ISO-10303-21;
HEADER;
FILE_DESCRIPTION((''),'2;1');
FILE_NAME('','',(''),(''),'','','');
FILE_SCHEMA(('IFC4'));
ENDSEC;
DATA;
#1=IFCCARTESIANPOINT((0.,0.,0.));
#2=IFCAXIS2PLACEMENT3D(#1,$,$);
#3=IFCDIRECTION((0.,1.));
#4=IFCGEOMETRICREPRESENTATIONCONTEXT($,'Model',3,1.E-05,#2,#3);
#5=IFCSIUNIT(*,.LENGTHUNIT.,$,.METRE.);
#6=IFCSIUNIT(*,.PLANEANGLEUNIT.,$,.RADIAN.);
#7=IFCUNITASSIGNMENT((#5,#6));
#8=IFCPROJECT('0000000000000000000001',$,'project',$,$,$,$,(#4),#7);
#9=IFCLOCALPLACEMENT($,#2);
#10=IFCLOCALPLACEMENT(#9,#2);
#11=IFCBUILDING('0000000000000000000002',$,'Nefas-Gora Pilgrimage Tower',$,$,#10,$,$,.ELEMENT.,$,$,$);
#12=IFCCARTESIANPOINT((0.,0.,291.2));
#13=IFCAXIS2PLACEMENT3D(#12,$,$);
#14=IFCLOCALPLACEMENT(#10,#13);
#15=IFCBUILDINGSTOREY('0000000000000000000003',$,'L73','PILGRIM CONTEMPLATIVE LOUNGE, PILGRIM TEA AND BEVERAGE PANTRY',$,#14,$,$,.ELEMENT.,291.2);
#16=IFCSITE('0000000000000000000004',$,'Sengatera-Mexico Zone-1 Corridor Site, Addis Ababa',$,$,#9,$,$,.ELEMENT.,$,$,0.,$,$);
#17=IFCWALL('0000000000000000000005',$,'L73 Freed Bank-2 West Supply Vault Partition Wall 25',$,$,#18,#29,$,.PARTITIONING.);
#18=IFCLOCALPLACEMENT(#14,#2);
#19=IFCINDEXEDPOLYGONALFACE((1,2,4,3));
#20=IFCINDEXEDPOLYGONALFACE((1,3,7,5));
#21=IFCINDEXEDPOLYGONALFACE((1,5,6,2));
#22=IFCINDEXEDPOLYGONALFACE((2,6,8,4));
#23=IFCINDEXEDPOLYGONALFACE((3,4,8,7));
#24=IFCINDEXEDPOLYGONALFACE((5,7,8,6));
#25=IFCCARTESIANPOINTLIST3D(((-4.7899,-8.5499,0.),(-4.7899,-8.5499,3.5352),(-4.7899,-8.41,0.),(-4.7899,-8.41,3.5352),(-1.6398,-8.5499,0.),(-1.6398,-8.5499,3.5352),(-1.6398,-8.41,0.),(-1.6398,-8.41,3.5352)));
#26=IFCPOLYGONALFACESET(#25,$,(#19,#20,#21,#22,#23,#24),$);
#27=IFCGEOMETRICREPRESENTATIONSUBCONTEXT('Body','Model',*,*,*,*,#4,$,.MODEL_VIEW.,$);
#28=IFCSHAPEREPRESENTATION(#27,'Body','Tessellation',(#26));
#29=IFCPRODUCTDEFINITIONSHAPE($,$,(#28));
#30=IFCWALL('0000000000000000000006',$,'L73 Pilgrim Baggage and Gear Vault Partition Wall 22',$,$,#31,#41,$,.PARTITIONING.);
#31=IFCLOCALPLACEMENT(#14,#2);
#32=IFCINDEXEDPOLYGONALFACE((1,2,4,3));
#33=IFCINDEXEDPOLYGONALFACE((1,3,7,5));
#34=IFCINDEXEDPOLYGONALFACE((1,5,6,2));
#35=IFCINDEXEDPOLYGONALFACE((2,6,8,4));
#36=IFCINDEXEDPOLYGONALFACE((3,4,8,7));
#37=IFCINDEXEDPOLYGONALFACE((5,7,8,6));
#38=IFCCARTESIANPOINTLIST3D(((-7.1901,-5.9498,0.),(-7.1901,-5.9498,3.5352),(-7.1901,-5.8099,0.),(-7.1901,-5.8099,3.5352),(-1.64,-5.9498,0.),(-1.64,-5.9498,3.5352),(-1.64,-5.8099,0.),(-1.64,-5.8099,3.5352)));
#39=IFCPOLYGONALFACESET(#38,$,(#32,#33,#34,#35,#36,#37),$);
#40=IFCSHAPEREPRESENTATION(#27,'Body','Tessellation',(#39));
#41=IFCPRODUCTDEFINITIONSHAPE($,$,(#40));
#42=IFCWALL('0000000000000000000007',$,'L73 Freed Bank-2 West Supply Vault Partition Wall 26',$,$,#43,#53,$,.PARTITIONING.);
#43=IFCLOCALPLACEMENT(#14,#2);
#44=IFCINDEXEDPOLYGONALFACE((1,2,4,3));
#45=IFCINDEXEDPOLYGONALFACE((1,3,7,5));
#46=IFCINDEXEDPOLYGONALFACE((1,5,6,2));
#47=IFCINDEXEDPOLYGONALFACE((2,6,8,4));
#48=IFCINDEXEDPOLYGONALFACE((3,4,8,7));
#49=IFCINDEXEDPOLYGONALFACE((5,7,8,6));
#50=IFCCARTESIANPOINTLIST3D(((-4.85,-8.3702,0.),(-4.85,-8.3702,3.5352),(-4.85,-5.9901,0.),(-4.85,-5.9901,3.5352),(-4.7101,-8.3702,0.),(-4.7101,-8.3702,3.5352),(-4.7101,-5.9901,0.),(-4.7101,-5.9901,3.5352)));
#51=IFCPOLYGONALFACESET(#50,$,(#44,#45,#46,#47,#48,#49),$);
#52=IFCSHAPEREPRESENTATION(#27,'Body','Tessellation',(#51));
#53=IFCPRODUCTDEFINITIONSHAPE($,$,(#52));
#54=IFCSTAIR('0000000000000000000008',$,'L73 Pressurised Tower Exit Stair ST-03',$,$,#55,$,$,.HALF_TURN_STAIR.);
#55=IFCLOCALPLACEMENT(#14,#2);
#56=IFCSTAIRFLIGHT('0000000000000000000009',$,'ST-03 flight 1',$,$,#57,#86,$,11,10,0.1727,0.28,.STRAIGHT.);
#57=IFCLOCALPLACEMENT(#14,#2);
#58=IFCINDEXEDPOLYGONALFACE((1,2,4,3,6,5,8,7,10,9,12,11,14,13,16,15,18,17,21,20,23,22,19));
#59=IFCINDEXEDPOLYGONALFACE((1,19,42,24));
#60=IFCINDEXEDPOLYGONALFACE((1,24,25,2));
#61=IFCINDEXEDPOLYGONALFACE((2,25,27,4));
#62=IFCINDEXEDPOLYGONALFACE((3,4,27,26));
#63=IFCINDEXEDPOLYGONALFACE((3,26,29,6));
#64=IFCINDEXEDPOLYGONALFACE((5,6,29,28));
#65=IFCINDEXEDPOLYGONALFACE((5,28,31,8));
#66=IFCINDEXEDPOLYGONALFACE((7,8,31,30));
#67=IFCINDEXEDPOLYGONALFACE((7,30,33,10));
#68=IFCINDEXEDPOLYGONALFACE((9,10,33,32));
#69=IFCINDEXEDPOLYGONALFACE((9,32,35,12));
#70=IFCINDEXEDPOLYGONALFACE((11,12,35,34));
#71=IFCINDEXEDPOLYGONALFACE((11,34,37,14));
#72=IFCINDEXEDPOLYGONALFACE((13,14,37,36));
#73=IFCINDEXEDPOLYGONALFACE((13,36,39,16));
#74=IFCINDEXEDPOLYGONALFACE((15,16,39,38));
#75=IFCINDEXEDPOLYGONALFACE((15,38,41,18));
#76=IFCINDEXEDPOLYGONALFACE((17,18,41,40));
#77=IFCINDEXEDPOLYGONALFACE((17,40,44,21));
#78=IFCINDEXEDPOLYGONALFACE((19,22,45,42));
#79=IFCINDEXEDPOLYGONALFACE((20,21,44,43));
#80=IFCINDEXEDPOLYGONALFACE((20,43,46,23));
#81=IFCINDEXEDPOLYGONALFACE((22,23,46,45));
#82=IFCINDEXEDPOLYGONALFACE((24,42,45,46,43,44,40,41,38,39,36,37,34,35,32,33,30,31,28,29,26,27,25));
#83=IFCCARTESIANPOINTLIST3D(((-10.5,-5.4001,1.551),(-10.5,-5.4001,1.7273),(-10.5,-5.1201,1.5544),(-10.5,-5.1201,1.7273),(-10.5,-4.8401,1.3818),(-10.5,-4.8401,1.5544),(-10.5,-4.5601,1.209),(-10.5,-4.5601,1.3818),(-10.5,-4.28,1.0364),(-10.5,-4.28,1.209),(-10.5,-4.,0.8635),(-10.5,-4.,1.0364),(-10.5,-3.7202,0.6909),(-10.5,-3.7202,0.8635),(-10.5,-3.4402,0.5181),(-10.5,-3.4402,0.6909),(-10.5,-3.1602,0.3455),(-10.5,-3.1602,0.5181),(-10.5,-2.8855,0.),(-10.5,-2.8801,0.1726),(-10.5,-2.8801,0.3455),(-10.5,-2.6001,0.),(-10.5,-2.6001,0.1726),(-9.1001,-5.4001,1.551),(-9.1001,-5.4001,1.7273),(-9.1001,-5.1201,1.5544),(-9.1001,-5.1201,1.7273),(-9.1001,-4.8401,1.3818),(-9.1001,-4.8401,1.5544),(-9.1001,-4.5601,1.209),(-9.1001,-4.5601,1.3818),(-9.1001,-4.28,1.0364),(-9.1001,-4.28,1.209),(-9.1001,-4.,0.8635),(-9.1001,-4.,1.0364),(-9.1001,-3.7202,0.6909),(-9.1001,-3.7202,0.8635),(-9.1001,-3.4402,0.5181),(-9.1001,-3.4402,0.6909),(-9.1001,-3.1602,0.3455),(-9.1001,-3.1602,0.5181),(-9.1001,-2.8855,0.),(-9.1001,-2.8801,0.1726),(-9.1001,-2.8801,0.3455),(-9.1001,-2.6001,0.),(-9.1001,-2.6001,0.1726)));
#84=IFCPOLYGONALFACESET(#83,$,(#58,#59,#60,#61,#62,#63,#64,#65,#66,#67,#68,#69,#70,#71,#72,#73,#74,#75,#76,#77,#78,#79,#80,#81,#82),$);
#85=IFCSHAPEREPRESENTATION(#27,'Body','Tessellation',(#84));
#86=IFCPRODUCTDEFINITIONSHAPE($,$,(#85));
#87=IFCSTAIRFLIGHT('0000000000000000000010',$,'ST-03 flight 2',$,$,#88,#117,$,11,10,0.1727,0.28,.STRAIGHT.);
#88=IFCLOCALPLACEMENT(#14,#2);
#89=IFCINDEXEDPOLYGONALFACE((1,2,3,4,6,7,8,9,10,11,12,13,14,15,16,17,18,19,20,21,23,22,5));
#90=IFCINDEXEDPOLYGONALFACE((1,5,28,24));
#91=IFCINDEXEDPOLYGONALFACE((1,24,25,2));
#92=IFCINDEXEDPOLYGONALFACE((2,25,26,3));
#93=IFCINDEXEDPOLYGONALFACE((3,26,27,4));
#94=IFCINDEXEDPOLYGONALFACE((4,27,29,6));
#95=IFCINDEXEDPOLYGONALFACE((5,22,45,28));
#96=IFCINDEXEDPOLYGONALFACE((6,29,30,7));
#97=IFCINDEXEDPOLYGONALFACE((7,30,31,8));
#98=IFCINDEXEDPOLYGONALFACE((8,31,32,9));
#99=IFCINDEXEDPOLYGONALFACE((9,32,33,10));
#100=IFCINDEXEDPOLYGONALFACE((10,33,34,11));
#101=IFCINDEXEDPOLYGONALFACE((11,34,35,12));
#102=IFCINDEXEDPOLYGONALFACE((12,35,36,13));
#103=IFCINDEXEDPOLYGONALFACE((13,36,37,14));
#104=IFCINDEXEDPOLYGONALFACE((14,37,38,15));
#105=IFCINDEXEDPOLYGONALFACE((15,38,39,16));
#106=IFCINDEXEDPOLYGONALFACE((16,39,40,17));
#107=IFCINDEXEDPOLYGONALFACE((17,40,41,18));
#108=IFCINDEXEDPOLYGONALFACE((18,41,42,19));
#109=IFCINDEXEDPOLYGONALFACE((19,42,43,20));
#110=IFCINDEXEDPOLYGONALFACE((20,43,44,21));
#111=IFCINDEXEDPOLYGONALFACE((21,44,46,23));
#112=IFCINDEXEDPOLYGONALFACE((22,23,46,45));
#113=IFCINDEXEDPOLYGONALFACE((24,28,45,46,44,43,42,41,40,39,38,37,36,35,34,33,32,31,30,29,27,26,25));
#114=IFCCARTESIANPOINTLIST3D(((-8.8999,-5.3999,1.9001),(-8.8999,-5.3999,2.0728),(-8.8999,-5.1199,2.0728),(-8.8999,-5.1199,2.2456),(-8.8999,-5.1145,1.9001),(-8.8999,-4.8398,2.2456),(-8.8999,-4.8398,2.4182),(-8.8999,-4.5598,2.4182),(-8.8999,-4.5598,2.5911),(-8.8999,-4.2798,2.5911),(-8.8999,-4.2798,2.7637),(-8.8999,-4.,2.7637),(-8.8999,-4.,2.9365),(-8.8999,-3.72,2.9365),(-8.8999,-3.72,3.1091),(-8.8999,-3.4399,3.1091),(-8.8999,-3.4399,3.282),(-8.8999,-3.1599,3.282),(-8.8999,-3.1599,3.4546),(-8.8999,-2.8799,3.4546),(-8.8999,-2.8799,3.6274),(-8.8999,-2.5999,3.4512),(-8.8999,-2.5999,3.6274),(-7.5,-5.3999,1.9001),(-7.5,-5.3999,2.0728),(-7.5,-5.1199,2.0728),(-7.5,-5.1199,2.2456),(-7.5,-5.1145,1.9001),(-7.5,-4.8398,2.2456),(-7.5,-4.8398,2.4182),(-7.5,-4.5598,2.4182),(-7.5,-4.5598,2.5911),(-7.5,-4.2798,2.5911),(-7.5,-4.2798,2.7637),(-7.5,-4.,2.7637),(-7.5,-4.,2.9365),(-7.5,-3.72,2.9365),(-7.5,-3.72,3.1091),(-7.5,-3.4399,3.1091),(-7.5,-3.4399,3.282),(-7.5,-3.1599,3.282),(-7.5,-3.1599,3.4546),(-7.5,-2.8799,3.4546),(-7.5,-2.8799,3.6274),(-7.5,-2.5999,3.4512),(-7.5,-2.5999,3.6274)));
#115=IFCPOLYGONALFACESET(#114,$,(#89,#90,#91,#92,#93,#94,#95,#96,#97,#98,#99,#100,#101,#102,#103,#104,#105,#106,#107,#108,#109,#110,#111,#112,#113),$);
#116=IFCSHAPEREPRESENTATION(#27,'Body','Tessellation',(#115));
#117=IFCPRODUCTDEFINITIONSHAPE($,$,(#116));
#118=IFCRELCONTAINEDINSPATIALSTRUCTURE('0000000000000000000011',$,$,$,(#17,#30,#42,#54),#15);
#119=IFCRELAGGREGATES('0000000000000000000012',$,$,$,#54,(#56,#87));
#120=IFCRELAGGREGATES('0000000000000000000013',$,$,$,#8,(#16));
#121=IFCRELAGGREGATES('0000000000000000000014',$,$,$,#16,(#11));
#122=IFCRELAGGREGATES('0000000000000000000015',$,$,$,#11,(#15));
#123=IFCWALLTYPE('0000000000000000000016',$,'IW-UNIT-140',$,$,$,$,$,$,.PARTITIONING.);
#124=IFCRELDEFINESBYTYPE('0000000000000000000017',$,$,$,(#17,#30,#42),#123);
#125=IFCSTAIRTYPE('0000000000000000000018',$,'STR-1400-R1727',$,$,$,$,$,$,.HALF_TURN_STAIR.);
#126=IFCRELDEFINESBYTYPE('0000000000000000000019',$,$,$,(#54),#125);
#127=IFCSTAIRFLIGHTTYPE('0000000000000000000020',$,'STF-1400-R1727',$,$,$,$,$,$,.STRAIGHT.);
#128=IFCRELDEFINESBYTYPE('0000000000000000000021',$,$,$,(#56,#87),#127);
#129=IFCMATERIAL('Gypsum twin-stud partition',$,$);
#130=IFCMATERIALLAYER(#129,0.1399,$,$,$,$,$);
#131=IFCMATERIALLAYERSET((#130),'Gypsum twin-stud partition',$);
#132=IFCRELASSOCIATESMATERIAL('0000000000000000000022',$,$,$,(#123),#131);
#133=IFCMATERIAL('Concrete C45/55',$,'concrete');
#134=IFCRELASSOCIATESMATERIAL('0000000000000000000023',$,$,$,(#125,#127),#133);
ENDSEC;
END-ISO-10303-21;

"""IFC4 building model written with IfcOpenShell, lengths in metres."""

from ifc_helpers import new_model, si_unit, direction, frame, frame_2d, origin, place, context, subcontext, project, spatial, polyline, rectangle, outline, extrude, source, transform, mapped, material, layer, layer_set, type_object, element, aggregate, save


model = new_model("IFC4")

# Units and contexts
model_context = context("Model", 3, precision=1e-05, world=origin(), true_north=direction((0.0, 1.0)))
body_context = subcontext(model_context, "Body", "Model", "MODEL_VIEW")
ifc_project = project(units=[si_unit("LENGTHUNIT", "METRE"), si_unit("PLANEANGLEUNIT", "RADIAN")], contexts=[model_context])

# Site, building, storey
site_placement = place(None, origin())
site = spatial("IfcSite", under=ifc_project, at=site_placement, Name="Sengatera-Mexico Zone-1 Corridor Site, Addis Ababa", CompositionType="ELEMENT", RefElevation=0.0)
building_placement = place(site_placement, origin())
building = spatial("IfcBuilding", under=site, at=building_placement, Name="Nefas-Gora Pilgrimage Tower", CompositionType="ELEMENT")
storey_placement = place(building_placement, frame((0.0, 0.0, 291.2)))
storey = spatial("IfcBuildingStorey", under=building, at=storey_placement, Name="L73", Description="PILGRIM CONTEMPLATIVE LOUNGE, PILGRIM TEA AND BEVERAGE PANTRY", CompositionType="ELEMENT", Elevation=291.2)

# Shared definitions
ifc_material_1 = material(Name="Concrete C45/55", Category="concrete")

# Walls
ifc_material_2 = material(Name="Gypsum twin-stud partition")
ifc_layer_1 = layer(ifc_material_2, 0.1399)
ifc_layer_set_1 = layer_set([ifc_layer_1], Name="Gypsum twin-stud partition")
wall_type_1 = type_object("IfcWallType", Name="IW-UNIT-140", PredefinedType="PARTITIONING", material=ifc_layer_set_1)
shared_shape_1 = source(origin(), body_context, "Body", "SweptSolid", [
    extrude(rectangle(XDim=3.1501, YDim=0.1399, at=frame_2d((1.5752, 0.0))), origin(), (0.0, 0.0, 1.0), 3.5352),
])
wall_1_placement = place(storey_placement, frame((-4.79, -8.48, 0.0), z_axis=(0.0, 0.0, 1.0), x_axis=(1.0, 0.0, 0.0)))
element("IfcWall", 1, at=wall_1_placement, inside=storey, type_object=wall_type_1, Name="L73 Freed Bank-2 West Supply Vault Partition Wall 25", PredefinedType="PARTITIONING", context=body_context, shape_type="MappedRepresentation", body=[
    mapped(shared_shape_1, transform((0.0, 0.0, 0.0), x_axis=(1.0, 0.0, 0.0), y_axis=(0.0, 1.0, 0.0), z_axis=(0.0, 0.0, 1.0), scale=1.0)),
])
shared_shape_2 = source(origin(), body_context, "Body", "SweptSolid", [
    extrude(rectangle(XDim=5.55, YDim=0.1399, at=frame_2d((2.7749, 0.0))), origin(), (0.0, 0.0, 1.0), 3.5352),
])
wall_2_placement = place(storey_placement, frame((-7.1899, -5.8799, 0.0), z_axis=(0.0, 0.0, 1.0), x_axis=(1.0, 0.0, 0.0)))
element("IfcWall", 2, at=wall_2_placement, inside=storey, type_object=wall_type_1, Name="L73 Pilgrim Baggage and Gear Vault Partition Wall 22", PredefinedType="PARTITIONING", context=body_context, shape_type="MappedRepresentation", body=[
    mapped(shared_shape_2, transform((0.0, 0.0, 0.0), x_axis=(1.0, 0.0, 0.0), y_axis=(0.0, 1.0, 0.0), z_axis=(0.0, 0.0, 1.0), scale=1.0)),
])
shared_shape_3 = source(origin(), body_context, "Body", "SweptSolid", [
    extrude(rectangle(XDim=2.3801, YDim=0.1399, at=frame_2d((1.1899, 0.0))), origin(), (0.0, 0.0, 1.0), 3.5352),
])
wall_3_placement = place(storey_placement, frame((-4.78, -8.3701, 0.0), z_axis=(0.0, 0.0, 1.0), x_axis=(0.0, 1.0, 0.0)))
element("IfcWall", 3, at=wall_3_placement, inside=storey, type_object=wall_type_1, Name="L73 Freed Bank-2 West Supply Vault Partition Wall 26", PredefinedType="PARTITIONING", context=body_context, shape_type="MappedRepresentation", body=[
    mapped(shared_shape_3, transform((0.0, 0.0, 0.0), x_axis=(1.0, 0.0, 0.0), y_axis=(0.0, 1.0, 0.0), z_axis=(0.0, 0.0, 1.0), scale=1.0)),
])

# Stair, stair flights
stair_type = type_object("IfcStairType", Name="STR-1400-R1727", PredefinedType="HALF_TURN_STAIR", material=ifc_material_1)
stair_placement = place(storey_placement, origin())
stair = element("IfcStair", 4, at=stair_placement, inside=storey, type_object=stair_type, Name="L73 Pressurised Tower Exit Stair ST-03", PredefinedType="HALF_TURN_STAIR")
stair_flight_type = type_object("IfcStairFlightType", Name="STF-1400-R1727", PredefinedType="STRAIGHT", material=ifc_material_1)
shared_shape_4 = source(origin(), body_context, "Body", "SweptSolid", [
    extrude(outline(polyline([(0.0, 0.0), (0.0, 0.1726), (0.28, 0.1726), (0.28, 0.3455), (0.5601, 0.3455), (0.5601, 0.5181), (0.8401, 0.5181), (0.8401, 0.6909), (1.1201, 0.6909), (1.1201, 0.8635), (1.3999, 0.8635), (1.3999, 1.0364), (1.6799, 1.0364), (1.6799, 1.209), (1.96, 1.209), (1.96, 1.3818), (2.24, 1.3818), (2.24, 1.5544), (2.52, 1.5544), (2.52, 1.7273), (2.8, 1.7273), (2.8, 1.8999), (2.8, 1.551), (0.2854, 0.0), (0.0, 0.0)])), frame((0.0, 0.7, 0.0), z_axis=(0.0, -1.0, 0.0), x_axis=(1.0, 0.0, 0.0)), (0.0, 0.0, 1.0), 1.3999),
])
stair_flight_1_placement = place(storey_placement, frame((-9.8, -2.6001, 0.0), z_axis=(0.0, 0.0, 1.0), x_axis=(0.0, -1.0, 0.0)))
stair_flight_1 = element("IfcStairFlight", 5, at=stair_flight_1_placement, type_object=stair_flight_type, Name="ST-03 flight 1", NumberOfRisers=11, NumberOfTreads=10, PredefinedType="STRAIGHT", RiserHeight=0.1727, TreadLength=0.28, context=body_context, shape_type="MappedRepresentation", body=[
    mapped(shared_shape_4, transform((0.0, 0.0, 0.0), x_axis=(1.0, 0.0, 0.0), y_axis=(0.0, 1.0, 0.0), z_axis=(0.0, 0.0, 1.0), scale=1.0)),
])
stair_flight_2_placement = place(storey_placement, frame((-8.2, -5.3999, 1.9001), z_axis=(0.0, 0.0, 1.0), x_axis=(0.0, 1.0, 0.0)))
stair_flight_2 = element("IfcStairFlight", 6, at=stair_flight_2_placement, type_object=stair_flight_type, Name="ST-03 flight 2", NumberOfRisers=11, NumberOfTreads=10, PredefinedType="STRAIGHT", RiserHeight=0.1727, TreadLength=0.28, context=body_context, shape_type="MappedRepresentation", body=[
    mapped(shared_shape_4, transform((0.0, 0.0, 0.0), x_axis=(1.0, 0.0, 0.0), y_axis=(0.0, 1.0, 0.0), z_axis=(0.0, 0.0, 1.0), scale=1.0)),
])
aggregate(stair, [stair_flight_1, stair_flight_2])

save(model, "model.ifc")
